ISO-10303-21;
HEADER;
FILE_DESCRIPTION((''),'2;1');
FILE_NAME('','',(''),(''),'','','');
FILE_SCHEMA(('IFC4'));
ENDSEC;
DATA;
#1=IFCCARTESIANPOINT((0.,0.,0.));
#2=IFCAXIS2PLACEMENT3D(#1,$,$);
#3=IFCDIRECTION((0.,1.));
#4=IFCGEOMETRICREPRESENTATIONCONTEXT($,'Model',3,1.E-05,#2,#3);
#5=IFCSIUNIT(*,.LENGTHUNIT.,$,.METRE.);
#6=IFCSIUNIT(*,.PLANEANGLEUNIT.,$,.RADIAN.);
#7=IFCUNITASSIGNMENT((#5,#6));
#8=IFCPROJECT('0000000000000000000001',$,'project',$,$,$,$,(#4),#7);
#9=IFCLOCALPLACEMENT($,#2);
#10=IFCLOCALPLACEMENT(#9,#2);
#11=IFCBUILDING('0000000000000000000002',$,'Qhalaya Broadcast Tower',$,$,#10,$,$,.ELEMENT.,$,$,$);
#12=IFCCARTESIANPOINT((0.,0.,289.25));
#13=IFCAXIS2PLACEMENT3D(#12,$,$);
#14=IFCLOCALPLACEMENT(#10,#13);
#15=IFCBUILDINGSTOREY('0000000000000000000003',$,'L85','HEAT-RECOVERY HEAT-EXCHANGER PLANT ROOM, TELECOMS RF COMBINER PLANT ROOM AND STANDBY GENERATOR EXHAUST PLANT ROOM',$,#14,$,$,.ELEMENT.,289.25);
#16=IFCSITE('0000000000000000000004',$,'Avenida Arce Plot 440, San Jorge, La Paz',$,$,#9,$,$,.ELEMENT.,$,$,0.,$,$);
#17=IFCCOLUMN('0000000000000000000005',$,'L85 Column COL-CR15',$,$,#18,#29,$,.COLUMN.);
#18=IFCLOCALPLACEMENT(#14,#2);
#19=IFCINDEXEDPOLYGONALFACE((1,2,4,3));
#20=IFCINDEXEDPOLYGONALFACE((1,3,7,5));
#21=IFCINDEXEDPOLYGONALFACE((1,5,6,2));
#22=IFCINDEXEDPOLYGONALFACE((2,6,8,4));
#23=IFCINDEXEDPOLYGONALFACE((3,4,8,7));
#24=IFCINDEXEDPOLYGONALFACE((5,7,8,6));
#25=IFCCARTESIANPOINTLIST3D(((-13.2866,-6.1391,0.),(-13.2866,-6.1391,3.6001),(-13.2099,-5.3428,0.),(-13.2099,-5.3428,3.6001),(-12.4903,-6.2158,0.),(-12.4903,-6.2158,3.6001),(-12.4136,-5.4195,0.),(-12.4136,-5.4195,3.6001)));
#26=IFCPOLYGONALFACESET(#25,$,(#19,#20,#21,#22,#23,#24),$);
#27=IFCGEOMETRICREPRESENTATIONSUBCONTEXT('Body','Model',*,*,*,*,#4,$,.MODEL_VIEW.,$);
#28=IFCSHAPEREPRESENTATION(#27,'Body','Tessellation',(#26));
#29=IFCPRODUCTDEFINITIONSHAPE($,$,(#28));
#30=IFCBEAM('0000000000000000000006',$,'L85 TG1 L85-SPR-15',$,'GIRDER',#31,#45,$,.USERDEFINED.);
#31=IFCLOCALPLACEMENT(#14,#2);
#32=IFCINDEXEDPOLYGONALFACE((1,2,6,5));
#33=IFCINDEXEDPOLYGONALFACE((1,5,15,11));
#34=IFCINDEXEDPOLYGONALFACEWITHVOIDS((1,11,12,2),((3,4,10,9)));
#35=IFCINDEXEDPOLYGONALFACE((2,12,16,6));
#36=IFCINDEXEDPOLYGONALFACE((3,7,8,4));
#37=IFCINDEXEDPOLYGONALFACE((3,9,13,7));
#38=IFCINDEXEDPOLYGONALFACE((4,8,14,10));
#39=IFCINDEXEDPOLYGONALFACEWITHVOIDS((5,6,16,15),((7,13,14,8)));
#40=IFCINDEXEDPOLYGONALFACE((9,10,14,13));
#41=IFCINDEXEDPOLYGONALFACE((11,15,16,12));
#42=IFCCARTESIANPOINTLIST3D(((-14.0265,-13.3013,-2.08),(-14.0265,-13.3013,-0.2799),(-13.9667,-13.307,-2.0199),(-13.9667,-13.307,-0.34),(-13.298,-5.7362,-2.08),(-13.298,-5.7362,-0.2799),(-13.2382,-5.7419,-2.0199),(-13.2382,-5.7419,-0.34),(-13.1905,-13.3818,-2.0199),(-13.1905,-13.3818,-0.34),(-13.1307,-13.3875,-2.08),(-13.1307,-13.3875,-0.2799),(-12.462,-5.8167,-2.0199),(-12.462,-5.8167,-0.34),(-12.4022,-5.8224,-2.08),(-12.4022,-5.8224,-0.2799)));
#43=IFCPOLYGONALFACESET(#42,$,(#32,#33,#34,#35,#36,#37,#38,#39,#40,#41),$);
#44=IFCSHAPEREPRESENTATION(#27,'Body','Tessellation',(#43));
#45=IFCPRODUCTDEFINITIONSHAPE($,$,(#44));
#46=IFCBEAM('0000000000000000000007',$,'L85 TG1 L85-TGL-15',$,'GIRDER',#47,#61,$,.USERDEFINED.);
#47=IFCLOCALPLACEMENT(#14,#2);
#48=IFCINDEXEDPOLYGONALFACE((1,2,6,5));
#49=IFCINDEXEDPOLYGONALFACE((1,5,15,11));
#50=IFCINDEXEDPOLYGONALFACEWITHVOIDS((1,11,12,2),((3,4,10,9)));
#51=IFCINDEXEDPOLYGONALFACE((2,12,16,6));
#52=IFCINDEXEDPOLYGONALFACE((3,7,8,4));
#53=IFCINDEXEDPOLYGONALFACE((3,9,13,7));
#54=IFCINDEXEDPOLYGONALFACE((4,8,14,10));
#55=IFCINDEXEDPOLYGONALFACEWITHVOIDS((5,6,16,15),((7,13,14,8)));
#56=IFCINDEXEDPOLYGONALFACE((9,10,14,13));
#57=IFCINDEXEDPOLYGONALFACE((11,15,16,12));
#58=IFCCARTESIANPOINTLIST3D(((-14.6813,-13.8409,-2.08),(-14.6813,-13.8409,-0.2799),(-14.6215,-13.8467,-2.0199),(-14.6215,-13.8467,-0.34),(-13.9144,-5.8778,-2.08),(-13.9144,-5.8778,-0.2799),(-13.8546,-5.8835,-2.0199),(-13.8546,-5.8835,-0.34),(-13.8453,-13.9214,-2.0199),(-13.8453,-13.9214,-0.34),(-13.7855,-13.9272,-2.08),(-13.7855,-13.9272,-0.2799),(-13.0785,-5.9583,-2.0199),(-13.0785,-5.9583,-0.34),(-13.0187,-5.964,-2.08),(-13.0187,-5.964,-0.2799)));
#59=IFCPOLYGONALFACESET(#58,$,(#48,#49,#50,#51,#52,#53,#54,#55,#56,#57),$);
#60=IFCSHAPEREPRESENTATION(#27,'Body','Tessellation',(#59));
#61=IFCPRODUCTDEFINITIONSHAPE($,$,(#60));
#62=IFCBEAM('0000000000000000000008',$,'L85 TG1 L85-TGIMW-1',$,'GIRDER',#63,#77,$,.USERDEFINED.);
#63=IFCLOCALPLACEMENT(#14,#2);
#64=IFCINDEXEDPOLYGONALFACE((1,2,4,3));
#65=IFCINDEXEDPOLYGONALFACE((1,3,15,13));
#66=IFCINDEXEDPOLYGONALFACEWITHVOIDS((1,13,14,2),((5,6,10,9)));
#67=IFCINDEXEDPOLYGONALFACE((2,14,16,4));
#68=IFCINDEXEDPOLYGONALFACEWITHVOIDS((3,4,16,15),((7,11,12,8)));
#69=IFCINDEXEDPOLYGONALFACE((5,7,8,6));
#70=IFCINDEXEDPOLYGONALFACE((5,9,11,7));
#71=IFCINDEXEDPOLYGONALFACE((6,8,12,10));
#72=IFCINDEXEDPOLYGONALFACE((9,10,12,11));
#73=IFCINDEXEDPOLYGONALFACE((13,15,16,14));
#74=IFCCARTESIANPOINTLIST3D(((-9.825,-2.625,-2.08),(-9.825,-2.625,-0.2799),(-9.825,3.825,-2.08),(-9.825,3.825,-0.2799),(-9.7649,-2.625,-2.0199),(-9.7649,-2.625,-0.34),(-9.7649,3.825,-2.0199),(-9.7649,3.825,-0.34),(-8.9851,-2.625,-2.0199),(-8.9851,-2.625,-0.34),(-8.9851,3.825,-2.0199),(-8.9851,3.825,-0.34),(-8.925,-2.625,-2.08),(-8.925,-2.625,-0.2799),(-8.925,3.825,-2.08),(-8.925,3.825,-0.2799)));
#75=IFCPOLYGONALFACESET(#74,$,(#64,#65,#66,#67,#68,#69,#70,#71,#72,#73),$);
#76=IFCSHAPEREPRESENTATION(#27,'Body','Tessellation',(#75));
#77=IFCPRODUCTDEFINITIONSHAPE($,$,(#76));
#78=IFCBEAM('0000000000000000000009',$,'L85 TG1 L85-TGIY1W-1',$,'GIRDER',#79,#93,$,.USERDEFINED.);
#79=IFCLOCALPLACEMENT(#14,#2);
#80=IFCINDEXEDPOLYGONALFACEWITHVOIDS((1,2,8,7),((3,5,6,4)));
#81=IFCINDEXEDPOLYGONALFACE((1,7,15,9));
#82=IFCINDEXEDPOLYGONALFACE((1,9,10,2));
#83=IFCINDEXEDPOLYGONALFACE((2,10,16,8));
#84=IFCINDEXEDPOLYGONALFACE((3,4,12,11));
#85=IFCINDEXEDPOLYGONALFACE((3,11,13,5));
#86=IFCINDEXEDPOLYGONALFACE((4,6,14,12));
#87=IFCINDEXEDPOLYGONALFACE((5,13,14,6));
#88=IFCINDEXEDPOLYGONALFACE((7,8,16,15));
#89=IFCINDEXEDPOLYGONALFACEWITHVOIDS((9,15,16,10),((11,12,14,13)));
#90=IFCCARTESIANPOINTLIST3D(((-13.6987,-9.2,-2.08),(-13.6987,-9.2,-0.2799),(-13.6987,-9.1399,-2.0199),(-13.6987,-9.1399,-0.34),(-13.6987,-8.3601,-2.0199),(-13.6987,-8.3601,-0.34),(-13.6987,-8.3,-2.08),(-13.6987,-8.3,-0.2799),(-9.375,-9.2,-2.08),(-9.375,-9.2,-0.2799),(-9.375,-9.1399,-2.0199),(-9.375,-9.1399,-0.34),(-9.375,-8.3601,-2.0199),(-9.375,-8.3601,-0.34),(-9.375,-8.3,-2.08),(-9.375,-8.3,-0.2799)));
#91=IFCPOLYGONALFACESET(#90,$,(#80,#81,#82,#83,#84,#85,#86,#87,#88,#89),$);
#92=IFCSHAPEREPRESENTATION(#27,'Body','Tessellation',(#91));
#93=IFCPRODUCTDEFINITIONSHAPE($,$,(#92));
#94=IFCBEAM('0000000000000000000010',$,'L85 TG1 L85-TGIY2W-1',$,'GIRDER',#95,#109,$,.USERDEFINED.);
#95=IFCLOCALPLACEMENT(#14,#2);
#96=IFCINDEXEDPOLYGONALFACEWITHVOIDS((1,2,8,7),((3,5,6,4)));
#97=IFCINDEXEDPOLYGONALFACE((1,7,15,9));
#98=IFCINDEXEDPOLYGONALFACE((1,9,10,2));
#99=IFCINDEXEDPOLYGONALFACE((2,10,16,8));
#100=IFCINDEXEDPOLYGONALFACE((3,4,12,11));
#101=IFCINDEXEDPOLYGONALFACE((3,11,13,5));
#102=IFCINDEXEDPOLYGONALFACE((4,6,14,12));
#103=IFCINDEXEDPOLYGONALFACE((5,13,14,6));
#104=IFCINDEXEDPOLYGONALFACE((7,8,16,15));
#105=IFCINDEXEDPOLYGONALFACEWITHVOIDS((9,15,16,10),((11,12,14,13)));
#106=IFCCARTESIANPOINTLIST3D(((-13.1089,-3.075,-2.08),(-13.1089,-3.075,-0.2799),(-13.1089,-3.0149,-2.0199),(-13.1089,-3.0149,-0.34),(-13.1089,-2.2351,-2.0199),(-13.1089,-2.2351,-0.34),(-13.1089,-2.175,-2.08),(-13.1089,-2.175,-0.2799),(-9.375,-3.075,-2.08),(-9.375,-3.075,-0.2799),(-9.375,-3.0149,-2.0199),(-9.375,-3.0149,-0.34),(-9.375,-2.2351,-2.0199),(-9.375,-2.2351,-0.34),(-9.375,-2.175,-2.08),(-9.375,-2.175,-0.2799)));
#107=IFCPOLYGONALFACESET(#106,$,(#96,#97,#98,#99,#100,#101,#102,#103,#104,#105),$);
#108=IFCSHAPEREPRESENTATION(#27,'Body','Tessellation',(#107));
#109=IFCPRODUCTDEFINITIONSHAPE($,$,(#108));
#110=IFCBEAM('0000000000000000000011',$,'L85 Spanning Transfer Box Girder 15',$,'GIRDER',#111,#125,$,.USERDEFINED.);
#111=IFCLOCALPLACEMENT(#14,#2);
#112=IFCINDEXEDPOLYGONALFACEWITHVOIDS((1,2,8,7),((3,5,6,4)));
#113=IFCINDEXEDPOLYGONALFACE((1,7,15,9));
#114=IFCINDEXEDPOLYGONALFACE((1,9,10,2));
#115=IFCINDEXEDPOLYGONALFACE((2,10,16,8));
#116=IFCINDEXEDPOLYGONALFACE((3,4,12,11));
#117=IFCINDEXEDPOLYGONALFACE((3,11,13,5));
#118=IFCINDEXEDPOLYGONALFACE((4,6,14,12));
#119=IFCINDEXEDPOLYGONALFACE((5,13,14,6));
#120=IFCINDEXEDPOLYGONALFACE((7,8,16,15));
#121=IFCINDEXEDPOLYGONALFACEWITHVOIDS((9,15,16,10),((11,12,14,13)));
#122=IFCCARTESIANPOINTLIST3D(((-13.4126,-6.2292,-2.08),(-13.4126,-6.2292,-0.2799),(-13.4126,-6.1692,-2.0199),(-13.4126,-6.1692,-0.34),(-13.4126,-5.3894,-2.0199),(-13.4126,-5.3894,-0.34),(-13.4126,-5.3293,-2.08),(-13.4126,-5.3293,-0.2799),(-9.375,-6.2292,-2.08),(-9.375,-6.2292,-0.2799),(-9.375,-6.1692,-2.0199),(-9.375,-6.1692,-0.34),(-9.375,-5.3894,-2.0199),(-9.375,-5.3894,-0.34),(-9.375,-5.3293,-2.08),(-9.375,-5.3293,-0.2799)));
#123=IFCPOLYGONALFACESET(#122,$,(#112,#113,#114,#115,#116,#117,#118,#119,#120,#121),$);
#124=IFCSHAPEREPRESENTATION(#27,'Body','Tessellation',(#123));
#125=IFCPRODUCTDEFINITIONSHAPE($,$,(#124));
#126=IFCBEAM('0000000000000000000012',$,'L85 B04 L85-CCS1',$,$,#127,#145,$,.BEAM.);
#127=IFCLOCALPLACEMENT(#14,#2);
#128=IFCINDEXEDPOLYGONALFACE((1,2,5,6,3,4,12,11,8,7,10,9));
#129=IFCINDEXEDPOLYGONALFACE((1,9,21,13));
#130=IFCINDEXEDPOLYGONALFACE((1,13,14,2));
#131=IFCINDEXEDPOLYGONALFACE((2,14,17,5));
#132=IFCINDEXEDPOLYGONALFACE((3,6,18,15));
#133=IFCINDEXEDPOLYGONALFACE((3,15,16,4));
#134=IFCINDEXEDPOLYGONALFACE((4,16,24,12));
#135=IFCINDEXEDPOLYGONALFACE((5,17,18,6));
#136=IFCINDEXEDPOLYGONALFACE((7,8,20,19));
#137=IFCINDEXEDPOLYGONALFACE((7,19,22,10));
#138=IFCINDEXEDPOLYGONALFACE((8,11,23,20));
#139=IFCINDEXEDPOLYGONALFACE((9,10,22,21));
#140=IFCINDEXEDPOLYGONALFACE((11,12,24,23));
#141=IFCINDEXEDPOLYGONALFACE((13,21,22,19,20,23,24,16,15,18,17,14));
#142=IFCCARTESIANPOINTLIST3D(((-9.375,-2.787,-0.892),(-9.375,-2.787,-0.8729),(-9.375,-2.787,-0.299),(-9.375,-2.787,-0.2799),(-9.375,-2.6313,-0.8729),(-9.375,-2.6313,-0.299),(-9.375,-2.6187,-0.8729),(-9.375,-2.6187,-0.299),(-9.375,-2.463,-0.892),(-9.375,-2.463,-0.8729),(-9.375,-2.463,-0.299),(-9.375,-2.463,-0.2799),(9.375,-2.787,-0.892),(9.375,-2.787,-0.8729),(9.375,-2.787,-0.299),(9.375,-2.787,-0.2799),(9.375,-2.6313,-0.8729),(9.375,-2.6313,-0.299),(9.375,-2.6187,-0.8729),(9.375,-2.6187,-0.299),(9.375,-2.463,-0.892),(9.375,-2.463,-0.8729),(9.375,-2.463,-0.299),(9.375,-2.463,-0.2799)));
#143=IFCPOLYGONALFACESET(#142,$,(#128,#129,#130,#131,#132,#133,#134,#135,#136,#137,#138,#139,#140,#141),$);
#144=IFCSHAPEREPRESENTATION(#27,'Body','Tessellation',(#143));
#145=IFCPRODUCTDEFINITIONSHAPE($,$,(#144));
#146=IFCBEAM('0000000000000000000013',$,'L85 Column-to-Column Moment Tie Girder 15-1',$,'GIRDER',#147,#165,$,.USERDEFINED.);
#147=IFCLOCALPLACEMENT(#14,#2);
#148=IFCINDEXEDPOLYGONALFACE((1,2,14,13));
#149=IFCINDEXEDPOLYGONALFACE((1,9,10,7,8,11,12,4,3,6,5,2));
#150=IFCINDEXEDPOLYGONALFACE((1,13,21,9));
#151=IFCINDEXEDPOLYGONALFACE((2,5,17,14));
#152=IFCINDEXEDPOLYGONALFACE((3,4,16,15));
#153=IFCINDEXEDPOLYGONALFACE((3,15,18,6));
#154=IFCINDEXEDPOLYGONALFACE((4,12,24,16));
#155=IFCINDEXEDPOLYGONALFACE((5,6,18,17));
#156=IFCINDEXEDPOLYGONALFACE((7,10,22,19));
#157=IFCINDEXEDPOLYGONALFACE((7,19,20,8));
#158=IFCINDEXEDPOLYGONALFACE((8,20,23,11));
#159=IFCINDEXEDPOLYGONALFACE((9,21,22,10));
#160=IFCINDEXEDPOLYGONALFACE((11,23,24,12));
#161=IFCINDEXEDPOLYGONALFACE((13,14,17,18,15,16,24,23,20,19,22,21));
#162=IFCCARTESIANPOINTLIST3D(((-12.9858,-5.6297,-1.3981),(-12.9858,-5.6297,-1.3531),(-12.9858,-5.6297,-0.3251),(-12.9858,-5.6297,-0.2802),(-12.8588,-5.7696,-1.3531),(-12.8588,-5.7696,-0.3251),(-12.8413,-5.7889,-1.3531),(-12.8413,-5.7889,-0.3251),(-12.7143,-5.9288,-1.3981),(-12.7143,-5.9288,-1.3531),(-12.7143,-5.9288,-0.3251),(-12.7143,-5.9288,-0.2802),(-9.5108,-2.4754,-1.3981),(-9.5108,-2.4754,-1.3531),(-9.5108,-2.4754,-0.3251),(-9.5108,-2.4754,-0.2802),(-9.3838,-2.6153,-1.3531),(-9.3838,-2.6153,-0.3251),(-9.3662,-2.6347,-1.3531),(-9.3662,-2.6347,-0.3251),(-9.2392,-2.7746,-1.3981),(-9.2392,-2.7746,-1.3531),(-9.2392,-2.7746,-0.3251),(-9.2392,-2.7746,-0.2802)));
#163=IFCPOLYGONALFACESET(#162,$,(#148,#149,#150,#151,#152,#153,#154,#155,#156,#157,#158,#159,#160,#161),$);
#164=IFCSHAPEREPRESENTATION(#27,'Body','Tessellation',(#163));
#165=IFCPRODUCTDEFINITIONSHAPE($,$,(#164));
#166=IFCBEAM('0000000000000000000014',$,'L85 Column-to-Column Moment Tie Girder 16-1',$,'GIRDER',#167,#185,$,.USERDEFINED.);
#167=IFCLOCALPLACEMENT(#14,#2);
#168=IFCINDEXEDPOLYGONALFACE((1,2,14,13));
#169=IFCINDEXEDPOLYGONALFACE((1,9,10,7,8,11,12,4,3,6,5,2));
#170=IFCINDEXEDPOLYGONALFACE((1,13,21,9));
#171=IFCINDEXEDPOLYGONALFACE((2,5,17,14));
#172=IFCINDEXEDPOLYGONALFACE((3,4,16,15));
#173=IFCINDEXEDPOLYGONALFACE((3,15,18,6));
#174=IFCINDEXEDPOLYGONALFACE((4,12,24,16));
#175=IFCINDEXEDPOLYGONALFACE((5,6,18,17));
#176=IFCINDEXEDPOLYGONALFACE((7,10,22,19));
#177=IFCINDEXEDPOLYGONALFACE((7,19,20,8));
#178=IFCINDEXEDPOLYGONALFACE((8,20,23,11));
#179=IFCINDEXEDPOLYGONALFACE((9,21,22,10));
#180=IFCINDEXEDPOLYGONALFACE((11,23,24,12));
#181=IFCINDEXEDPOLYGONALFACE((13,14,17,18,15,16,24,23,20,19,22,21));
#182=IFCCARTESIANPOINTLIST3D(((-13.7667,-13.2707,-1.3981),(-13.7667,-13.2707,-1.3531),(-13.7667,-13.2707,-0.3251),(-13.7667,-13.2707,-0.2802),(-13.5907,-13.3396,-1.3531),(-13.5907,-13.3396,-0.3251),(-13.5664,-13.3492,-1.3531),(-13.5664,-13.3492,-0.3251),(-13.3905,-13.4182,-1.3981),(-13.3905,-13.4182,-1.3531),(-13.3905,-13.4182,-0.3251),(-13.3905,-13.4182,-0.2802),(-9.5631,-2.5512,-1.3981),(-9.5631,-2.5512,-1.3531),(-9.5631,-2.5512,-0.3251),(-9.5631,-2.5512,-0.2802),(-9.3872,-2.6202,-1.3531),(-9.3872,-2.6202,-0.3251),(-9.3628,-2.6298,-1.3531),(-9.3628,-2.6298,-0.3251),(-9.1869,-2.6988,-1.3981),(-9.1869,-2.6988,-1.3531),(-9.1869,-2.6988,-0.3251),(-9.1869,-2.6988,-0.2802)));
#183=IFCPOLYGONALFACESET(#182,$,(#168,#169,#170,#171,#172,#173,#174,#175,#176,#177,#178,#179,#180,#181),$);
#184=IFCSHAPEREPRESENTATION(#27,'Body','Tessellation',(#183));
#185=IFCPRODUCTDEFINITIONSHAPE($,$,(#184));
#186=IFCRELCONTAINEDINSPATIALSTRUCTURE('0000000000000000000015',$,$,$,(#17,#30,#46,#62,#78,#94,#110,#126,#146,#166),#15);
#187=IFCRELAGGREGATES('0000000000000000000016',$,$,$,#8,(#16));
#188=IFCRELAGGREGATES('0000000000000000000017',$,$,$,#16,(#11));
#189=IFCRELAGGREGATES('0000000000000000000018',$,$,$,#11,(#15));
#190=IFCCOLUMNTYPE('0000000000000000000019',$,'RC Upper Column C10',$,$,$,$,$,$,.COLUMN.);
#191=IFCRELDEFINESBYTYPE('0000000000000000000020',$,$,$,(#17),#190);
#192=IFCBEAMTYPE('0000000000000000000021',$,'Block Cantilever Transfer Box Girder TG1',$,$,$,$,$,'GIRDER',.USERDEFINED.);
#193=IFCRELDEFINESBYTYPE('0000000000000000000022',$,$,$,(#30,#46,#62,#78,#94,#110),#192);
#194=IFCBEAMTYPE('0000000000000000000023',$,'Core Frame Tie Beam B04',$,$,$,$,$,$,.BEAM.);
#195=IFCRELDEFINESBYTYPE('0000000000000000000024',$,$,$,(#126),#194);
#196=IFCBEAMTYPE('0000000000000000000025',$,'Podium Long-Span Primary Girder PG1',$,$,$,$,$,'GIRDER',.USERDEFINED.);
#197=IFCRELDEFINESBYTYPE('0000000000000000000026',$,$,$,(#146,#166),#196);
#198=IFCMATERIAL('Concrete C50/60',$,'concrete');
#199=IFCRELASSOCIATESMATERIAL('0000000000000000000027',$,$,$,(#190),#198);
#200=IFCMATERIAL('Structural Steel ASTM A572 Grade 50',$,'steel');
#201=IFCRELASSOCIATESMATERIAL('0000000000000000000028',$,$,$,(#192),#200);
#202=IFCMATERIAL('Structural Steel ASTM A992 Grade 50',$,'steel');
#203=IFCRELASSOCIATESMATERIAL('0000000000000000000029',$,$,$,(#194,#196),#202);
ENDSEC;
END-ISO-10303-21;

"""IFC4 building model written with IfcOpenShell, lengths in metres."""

from ifc_helpers import new_model, si_unit, direction, frame, origin, origin_2d, place, context, subcontext, project, spatial, rectangle, hollow_rectangle, i_section, extrude, material, material_profile, profile_set, type_object, element, save


model = new_model("IFC4")

# Units and contexts
model_context = context("Model", 3, precision=1e-05, world=origin(), true_north=direction((0.0, 1.0)))
body_context = subcontext(model_context, "Body", "Model", "MODEL_VIEW")
ifc_project = project(units=[si_unit("LENGTHUNIT", "METRE"), si_unit("PLANEANGLEUNIT", "RADIAN")], contexts=[model_context])

# Site, building, storey
site_placement = place(None, origin())
site = spatial("IfcSite", under=ifc_project, at=site_placement, Name="Avenida Arce Plot 440, San Jorge, La Paz", CompositionType="ELEMENT", RefElevation=0.0)
building_placement = place(site_placement, origin())
building = spatial("IfcBuilding", under=site, at=building_placement, Name="Qhalaya Broadcast Tower", CompositionType="ELEMENT")
storey_placement = place(building_placement, frame((0.0, 0.0, 289.25)))
storey = spatial("IfcBuildingStorey", under=building, at=storey_placement, Name="L85", Description="HEAT-RECOVERY HEAT-EXCHANGER PLANT ROOM, TELECOMS RF COMBINER PLANT ROOM AND STANDBY GENERATOR EXHAUST PLANT ROOM", CompositionType="ELEMENT", Elevation=289.25)

# Column
ifc_material_1 = material(Name="Concrete C50/60", Category="concrete")
ifc_material_profile_1 = material_profile(ifc_material_1, rectangle(XDim=0.8, YDim=0.8, at=origin_2d()), Name="RC-COL 800x800")
ifc_profile_set_1 = profile_set([ifc_material_profile_1], Name="Concrete C50/60")
column_type = type_object("IfcColumnType", Name="RC Upper Column C10", PredefinedType="COLUMN", material=ifc_profile_set_1)
column_placement = place(storey_placement, frame((-12.8501, -5.7793, 0.0), z_axis=(0.0, 0.0, 1.0), x_axis=(0.095846, 0.995396, 0.0)))
element("IfcColumn", 1, at=column_placement, inside=storey, type_object=column_type, Name="L85 Column COL-CR15", PredefinedType="COLUMN", context=body_context, shape_type="SweptSolid", body=[
    extrude(rectangle(XDim=0.8, YDim=0.8, at=origin_2d()), origin(), (0.0, 0.0, 1.0), 3.6001),
])

# Beams
ifc_material_2 = material(Name="Structural Steel ASTM A572 Grade 50", Category="steel")
ifc_material_profile_2 = material_profile(ifc_material_2, hollow_rectangle(XDim=0.8999, YDim=1.8, WallThickness=0.0601, at=origin_2d()), Name="BOX 900x1800x60")
ifc_profile_set_2 = profile_set([ifc_material_profile_2], Name="Structural Steel ASTM A572 Grade 50")
beam_type_1 = type_object("IfcBeamType", Name="Block Cantilever Transfer Box Girder TG1", ElementType="GIRDER", PredefinedType="USERDEFINED", material=ifc_profile_set_2)
beam_1_placement = place(storey_placement, frame((-12.8501, -5.7793, -1.1799), z_axis=(-0.095855, -0.995395, 0.0), x_axis=(0.995395, -0.095855, 0.0)))
element("IfcBeam", 2, at=beam_1_placement, inside=storey, type_object=beam_type_1, Name="L85 TG1 L85-SPR-15", ObjectType="GIRDER", PredefinedType="USERDEFINED", context=body_context, shape_type="SweptSolid", body=[
    extrude(hollow_rectangle(XDim=0.8999, YDim=1.8, WallThickness=0.0601, at=origin_2d()), origin(), (0.0, 0.0, 1.0), 7.6001),
])
beam_2_placement = place(storey_placement, frame((-13.4666, -5.9209, -1.1799), z_axis=(-0.095856, -0.995395, 0.0), x_axis=(0.995395, -0.095856, 0.0)))
element("IfcBeam", 3, at=beam_2_placement, inside=storey, type_object=beam_type_1, Name="L85 TG1 L85-TGL-15", ObjectType="GIRDER", PredefinedType="USERDEFINED", context=body_context, shape_type="SweptSolid", body=[
    extrude(hollow_rectangle(XDim=0.8999, YDim=1.8, WallThickness=0.0601, at=origin_2d()), origin(), (0.0, 0.0, 1.0), 8.0),
])
beam_3_placement = place(storey_placement, frame((-9.375, -2.625, -1.1799), z_axis=(0.0, 1.0, 0.0), x_axis=(-1.0, 0.0, 0.0)))
element("IfcBeam", 4, at=beam_3_placement, inside=storey, type_object=beam_type_1, Name="L85 TG1 L85-TGIMW-1", ObjectType="GIRDER", PredefinedType="USERDEFINED", context=body_context, shape_type="SweptSolid", body=[
    extrude(hollow_rectangle(XDim=0.8999, YDim=1.8, WallThickness=0.0601, at=origin_2d()), origin(), (0.0, 0.0, 1.0), 6.45),
])
beam_4_placement = place(storey_placement, frame((-13.6987, -8.75, -1.1799), z_axis=(1.0, 0.0, 0.0), x_axis=(0.0, 1.0, 0.0)))
element("IfcBeam", 5, at=beam_4_placement, inside=storey, type_object=beam_type_1, Name="L85 TG1 L85-TGIY1W-1", ObjectType="GIRDER", PredefinedType="USERDEFINED", context=body_context, shape_type="SweptSolid", body=[
    extrude(hollow_rectangle(XDim=0.8999, YDim=1.8, WallThickness=0.0601, at=origin_2d()), origin(), (0.0, 0.0, 1.0), 4.3237),
])
beam_5_placement = place(storey_placement, frame((-13.1089, -2.625, -1.1799), z_axis=(1.0, 0.0, 0.0), x_axis=(0.0, 1.0, 0.0)))
element("IfcBeam", 6, at=beam_5_placement, inside=storey, type_object=beam_type_1, Name="L85 TG1 L85-TGIY2W-1", ObjectType="GIRDER", PredefinedType="USERDEFINED", context=body_context, shape_type="SweptSolid", body=[
    extrude(hollow_rectangle(XDim=0.8999, YDim=1.8, WallThickness=0.0601, at=origin_2d()), origin(), (0.0, 0.0, 1.0), 3.7339),
])
beam_6_placement = place(storey_placement, frame((-13.4126, -5.7793, -1.1799), z_axis=(1.0, 0.0, 0.0), x_axis=(0.0, 1.0, 0.0)))
element("IfcBeam", 7, at=beam_6_placement, inside=storey, type_object=beam_type_1, Name="L85 Spanning Transfer Box Girder 15", ObjectType="GIRDER", PredefinedType="USERDEFINED", context=body_context, shape_type="SweptSolid", body=[
    extrude(hollow_rectangle(XDim=0.8999, YDim=1.8, WallThickness=0.0601, at=origin_2d()), origin(), (0.0, 0.0, 1.0), 4.0376),
])
ifc_material_3 = material(Name="Structural Steel ASTM A992 Grade 50", Category="steel")
ifc_material_profile_3 = material_profile(ifc_material_3, i_section(OverallWidth=0.324, OverallDepth=0.6121, WebThickness=0.0127, FlangeThickness=0.019, at=origin_2d()), Name="W24X104")
ifc_profile_set_3 = profile_set([ifc_material_profile_3], Name="Structural Steel ASTM A992 Grade 50")
beam_type_2 = type_object("IfcBeamType", Name="Core Frame Tie Beam B04", PredefinedType="BEAM", material=ifc_profile_set_3)
beam_7_placement = place(storey_placement, frame((-9.375, -2.625, -0.5859), z_axis=(1.0, 0.0, 0.0), x_axis=(0.0, 1.0, 0.0)))
element("IfcBeam", 8, at=beam_7_placement, inside=storey, type_object=beam_type_2, Name="L85 B04 L85-CCS1", PredefinedType="BEAM", context=body_context, shape_type="SweptSolid", body=[
    extrude(i_section(OverallWidth=0.324, OverallDepth=0.6121, WebThickness=0.0127, FlangeThickness=0.019, at=origin_2d()), origin(), (0.0, 0.0, 1.0), 18.75),
])
ifc_material_profile_4 = material_profile(ifc_material_3, i_section(OverallWidth=0.4041, OverallDepth=1.1179, WebThickness=0.0261, FlangeThickness=0.0449, at=origin_2d()), Name="W44X335")
ifc_profile_set_4 = profile_set([ifc_material_profile_4], Name="Structural Steel ASTM A992 Grade 50")
beam_type_3 = type_object("IfcBeamType", Name="Podium Long-Span Primary Girder PG1", ElementType="GIRDER", PredefinedType="USERDEFINED", material=ifc_profile_set_4)
beam_8_placement = place(storey_placement, frame((-9.375, -2.625, -0.8391), z_axis=(-0.740458, -0.672103, 0.0), x_axis=(0.672103, -0.740458, 0.0)))
element("IfcBeam", 9, at=beam_8_placement, inside=storey, type_object=beam_type_3, Name="L85 Column-to-Column Moment Tie Girder 15-1", ObjectType="GIRDER", PredefinedType="USERDEFINED", context=body_context, shape_type="SweptSolid", body=[
    extrude(i_section(OverallWidth=0.4041, OverallDepth=1.1179, WebThickness=0.0261, FlangeThickness=0.0449, at=origin_2d()), origin(), (0.0, 0.0, 1.0), 4.6931),
])
beam_9_placement = place(storey_placement, frame((-9.375, -2.625, -0.8391), z_axis=(-0.36508, -0.930976, 0.0), x_axis=(0.930976, -0.36508, 0.0)))
element("IfcBeam", 10, at=beam_9_placement, inside=storey, type_object=beam_type_3, Name="L85 Column-to-Column Moment Tie Girder 16-1", ObjectType="GIRDER", PredefinedType="USERDEFINED", context=body_context, shape_type="SweptSolid", body=[
    extrude(i_section(OverallWidth=0.4041, OverallDepth=1.1179, WebThickness=0.0261, FlangeThickness=0.0449, at=origin_2d()), origin(), (0.0, 0.0, 1.0), 11.5142),
])

save(model, "model.ifc")
